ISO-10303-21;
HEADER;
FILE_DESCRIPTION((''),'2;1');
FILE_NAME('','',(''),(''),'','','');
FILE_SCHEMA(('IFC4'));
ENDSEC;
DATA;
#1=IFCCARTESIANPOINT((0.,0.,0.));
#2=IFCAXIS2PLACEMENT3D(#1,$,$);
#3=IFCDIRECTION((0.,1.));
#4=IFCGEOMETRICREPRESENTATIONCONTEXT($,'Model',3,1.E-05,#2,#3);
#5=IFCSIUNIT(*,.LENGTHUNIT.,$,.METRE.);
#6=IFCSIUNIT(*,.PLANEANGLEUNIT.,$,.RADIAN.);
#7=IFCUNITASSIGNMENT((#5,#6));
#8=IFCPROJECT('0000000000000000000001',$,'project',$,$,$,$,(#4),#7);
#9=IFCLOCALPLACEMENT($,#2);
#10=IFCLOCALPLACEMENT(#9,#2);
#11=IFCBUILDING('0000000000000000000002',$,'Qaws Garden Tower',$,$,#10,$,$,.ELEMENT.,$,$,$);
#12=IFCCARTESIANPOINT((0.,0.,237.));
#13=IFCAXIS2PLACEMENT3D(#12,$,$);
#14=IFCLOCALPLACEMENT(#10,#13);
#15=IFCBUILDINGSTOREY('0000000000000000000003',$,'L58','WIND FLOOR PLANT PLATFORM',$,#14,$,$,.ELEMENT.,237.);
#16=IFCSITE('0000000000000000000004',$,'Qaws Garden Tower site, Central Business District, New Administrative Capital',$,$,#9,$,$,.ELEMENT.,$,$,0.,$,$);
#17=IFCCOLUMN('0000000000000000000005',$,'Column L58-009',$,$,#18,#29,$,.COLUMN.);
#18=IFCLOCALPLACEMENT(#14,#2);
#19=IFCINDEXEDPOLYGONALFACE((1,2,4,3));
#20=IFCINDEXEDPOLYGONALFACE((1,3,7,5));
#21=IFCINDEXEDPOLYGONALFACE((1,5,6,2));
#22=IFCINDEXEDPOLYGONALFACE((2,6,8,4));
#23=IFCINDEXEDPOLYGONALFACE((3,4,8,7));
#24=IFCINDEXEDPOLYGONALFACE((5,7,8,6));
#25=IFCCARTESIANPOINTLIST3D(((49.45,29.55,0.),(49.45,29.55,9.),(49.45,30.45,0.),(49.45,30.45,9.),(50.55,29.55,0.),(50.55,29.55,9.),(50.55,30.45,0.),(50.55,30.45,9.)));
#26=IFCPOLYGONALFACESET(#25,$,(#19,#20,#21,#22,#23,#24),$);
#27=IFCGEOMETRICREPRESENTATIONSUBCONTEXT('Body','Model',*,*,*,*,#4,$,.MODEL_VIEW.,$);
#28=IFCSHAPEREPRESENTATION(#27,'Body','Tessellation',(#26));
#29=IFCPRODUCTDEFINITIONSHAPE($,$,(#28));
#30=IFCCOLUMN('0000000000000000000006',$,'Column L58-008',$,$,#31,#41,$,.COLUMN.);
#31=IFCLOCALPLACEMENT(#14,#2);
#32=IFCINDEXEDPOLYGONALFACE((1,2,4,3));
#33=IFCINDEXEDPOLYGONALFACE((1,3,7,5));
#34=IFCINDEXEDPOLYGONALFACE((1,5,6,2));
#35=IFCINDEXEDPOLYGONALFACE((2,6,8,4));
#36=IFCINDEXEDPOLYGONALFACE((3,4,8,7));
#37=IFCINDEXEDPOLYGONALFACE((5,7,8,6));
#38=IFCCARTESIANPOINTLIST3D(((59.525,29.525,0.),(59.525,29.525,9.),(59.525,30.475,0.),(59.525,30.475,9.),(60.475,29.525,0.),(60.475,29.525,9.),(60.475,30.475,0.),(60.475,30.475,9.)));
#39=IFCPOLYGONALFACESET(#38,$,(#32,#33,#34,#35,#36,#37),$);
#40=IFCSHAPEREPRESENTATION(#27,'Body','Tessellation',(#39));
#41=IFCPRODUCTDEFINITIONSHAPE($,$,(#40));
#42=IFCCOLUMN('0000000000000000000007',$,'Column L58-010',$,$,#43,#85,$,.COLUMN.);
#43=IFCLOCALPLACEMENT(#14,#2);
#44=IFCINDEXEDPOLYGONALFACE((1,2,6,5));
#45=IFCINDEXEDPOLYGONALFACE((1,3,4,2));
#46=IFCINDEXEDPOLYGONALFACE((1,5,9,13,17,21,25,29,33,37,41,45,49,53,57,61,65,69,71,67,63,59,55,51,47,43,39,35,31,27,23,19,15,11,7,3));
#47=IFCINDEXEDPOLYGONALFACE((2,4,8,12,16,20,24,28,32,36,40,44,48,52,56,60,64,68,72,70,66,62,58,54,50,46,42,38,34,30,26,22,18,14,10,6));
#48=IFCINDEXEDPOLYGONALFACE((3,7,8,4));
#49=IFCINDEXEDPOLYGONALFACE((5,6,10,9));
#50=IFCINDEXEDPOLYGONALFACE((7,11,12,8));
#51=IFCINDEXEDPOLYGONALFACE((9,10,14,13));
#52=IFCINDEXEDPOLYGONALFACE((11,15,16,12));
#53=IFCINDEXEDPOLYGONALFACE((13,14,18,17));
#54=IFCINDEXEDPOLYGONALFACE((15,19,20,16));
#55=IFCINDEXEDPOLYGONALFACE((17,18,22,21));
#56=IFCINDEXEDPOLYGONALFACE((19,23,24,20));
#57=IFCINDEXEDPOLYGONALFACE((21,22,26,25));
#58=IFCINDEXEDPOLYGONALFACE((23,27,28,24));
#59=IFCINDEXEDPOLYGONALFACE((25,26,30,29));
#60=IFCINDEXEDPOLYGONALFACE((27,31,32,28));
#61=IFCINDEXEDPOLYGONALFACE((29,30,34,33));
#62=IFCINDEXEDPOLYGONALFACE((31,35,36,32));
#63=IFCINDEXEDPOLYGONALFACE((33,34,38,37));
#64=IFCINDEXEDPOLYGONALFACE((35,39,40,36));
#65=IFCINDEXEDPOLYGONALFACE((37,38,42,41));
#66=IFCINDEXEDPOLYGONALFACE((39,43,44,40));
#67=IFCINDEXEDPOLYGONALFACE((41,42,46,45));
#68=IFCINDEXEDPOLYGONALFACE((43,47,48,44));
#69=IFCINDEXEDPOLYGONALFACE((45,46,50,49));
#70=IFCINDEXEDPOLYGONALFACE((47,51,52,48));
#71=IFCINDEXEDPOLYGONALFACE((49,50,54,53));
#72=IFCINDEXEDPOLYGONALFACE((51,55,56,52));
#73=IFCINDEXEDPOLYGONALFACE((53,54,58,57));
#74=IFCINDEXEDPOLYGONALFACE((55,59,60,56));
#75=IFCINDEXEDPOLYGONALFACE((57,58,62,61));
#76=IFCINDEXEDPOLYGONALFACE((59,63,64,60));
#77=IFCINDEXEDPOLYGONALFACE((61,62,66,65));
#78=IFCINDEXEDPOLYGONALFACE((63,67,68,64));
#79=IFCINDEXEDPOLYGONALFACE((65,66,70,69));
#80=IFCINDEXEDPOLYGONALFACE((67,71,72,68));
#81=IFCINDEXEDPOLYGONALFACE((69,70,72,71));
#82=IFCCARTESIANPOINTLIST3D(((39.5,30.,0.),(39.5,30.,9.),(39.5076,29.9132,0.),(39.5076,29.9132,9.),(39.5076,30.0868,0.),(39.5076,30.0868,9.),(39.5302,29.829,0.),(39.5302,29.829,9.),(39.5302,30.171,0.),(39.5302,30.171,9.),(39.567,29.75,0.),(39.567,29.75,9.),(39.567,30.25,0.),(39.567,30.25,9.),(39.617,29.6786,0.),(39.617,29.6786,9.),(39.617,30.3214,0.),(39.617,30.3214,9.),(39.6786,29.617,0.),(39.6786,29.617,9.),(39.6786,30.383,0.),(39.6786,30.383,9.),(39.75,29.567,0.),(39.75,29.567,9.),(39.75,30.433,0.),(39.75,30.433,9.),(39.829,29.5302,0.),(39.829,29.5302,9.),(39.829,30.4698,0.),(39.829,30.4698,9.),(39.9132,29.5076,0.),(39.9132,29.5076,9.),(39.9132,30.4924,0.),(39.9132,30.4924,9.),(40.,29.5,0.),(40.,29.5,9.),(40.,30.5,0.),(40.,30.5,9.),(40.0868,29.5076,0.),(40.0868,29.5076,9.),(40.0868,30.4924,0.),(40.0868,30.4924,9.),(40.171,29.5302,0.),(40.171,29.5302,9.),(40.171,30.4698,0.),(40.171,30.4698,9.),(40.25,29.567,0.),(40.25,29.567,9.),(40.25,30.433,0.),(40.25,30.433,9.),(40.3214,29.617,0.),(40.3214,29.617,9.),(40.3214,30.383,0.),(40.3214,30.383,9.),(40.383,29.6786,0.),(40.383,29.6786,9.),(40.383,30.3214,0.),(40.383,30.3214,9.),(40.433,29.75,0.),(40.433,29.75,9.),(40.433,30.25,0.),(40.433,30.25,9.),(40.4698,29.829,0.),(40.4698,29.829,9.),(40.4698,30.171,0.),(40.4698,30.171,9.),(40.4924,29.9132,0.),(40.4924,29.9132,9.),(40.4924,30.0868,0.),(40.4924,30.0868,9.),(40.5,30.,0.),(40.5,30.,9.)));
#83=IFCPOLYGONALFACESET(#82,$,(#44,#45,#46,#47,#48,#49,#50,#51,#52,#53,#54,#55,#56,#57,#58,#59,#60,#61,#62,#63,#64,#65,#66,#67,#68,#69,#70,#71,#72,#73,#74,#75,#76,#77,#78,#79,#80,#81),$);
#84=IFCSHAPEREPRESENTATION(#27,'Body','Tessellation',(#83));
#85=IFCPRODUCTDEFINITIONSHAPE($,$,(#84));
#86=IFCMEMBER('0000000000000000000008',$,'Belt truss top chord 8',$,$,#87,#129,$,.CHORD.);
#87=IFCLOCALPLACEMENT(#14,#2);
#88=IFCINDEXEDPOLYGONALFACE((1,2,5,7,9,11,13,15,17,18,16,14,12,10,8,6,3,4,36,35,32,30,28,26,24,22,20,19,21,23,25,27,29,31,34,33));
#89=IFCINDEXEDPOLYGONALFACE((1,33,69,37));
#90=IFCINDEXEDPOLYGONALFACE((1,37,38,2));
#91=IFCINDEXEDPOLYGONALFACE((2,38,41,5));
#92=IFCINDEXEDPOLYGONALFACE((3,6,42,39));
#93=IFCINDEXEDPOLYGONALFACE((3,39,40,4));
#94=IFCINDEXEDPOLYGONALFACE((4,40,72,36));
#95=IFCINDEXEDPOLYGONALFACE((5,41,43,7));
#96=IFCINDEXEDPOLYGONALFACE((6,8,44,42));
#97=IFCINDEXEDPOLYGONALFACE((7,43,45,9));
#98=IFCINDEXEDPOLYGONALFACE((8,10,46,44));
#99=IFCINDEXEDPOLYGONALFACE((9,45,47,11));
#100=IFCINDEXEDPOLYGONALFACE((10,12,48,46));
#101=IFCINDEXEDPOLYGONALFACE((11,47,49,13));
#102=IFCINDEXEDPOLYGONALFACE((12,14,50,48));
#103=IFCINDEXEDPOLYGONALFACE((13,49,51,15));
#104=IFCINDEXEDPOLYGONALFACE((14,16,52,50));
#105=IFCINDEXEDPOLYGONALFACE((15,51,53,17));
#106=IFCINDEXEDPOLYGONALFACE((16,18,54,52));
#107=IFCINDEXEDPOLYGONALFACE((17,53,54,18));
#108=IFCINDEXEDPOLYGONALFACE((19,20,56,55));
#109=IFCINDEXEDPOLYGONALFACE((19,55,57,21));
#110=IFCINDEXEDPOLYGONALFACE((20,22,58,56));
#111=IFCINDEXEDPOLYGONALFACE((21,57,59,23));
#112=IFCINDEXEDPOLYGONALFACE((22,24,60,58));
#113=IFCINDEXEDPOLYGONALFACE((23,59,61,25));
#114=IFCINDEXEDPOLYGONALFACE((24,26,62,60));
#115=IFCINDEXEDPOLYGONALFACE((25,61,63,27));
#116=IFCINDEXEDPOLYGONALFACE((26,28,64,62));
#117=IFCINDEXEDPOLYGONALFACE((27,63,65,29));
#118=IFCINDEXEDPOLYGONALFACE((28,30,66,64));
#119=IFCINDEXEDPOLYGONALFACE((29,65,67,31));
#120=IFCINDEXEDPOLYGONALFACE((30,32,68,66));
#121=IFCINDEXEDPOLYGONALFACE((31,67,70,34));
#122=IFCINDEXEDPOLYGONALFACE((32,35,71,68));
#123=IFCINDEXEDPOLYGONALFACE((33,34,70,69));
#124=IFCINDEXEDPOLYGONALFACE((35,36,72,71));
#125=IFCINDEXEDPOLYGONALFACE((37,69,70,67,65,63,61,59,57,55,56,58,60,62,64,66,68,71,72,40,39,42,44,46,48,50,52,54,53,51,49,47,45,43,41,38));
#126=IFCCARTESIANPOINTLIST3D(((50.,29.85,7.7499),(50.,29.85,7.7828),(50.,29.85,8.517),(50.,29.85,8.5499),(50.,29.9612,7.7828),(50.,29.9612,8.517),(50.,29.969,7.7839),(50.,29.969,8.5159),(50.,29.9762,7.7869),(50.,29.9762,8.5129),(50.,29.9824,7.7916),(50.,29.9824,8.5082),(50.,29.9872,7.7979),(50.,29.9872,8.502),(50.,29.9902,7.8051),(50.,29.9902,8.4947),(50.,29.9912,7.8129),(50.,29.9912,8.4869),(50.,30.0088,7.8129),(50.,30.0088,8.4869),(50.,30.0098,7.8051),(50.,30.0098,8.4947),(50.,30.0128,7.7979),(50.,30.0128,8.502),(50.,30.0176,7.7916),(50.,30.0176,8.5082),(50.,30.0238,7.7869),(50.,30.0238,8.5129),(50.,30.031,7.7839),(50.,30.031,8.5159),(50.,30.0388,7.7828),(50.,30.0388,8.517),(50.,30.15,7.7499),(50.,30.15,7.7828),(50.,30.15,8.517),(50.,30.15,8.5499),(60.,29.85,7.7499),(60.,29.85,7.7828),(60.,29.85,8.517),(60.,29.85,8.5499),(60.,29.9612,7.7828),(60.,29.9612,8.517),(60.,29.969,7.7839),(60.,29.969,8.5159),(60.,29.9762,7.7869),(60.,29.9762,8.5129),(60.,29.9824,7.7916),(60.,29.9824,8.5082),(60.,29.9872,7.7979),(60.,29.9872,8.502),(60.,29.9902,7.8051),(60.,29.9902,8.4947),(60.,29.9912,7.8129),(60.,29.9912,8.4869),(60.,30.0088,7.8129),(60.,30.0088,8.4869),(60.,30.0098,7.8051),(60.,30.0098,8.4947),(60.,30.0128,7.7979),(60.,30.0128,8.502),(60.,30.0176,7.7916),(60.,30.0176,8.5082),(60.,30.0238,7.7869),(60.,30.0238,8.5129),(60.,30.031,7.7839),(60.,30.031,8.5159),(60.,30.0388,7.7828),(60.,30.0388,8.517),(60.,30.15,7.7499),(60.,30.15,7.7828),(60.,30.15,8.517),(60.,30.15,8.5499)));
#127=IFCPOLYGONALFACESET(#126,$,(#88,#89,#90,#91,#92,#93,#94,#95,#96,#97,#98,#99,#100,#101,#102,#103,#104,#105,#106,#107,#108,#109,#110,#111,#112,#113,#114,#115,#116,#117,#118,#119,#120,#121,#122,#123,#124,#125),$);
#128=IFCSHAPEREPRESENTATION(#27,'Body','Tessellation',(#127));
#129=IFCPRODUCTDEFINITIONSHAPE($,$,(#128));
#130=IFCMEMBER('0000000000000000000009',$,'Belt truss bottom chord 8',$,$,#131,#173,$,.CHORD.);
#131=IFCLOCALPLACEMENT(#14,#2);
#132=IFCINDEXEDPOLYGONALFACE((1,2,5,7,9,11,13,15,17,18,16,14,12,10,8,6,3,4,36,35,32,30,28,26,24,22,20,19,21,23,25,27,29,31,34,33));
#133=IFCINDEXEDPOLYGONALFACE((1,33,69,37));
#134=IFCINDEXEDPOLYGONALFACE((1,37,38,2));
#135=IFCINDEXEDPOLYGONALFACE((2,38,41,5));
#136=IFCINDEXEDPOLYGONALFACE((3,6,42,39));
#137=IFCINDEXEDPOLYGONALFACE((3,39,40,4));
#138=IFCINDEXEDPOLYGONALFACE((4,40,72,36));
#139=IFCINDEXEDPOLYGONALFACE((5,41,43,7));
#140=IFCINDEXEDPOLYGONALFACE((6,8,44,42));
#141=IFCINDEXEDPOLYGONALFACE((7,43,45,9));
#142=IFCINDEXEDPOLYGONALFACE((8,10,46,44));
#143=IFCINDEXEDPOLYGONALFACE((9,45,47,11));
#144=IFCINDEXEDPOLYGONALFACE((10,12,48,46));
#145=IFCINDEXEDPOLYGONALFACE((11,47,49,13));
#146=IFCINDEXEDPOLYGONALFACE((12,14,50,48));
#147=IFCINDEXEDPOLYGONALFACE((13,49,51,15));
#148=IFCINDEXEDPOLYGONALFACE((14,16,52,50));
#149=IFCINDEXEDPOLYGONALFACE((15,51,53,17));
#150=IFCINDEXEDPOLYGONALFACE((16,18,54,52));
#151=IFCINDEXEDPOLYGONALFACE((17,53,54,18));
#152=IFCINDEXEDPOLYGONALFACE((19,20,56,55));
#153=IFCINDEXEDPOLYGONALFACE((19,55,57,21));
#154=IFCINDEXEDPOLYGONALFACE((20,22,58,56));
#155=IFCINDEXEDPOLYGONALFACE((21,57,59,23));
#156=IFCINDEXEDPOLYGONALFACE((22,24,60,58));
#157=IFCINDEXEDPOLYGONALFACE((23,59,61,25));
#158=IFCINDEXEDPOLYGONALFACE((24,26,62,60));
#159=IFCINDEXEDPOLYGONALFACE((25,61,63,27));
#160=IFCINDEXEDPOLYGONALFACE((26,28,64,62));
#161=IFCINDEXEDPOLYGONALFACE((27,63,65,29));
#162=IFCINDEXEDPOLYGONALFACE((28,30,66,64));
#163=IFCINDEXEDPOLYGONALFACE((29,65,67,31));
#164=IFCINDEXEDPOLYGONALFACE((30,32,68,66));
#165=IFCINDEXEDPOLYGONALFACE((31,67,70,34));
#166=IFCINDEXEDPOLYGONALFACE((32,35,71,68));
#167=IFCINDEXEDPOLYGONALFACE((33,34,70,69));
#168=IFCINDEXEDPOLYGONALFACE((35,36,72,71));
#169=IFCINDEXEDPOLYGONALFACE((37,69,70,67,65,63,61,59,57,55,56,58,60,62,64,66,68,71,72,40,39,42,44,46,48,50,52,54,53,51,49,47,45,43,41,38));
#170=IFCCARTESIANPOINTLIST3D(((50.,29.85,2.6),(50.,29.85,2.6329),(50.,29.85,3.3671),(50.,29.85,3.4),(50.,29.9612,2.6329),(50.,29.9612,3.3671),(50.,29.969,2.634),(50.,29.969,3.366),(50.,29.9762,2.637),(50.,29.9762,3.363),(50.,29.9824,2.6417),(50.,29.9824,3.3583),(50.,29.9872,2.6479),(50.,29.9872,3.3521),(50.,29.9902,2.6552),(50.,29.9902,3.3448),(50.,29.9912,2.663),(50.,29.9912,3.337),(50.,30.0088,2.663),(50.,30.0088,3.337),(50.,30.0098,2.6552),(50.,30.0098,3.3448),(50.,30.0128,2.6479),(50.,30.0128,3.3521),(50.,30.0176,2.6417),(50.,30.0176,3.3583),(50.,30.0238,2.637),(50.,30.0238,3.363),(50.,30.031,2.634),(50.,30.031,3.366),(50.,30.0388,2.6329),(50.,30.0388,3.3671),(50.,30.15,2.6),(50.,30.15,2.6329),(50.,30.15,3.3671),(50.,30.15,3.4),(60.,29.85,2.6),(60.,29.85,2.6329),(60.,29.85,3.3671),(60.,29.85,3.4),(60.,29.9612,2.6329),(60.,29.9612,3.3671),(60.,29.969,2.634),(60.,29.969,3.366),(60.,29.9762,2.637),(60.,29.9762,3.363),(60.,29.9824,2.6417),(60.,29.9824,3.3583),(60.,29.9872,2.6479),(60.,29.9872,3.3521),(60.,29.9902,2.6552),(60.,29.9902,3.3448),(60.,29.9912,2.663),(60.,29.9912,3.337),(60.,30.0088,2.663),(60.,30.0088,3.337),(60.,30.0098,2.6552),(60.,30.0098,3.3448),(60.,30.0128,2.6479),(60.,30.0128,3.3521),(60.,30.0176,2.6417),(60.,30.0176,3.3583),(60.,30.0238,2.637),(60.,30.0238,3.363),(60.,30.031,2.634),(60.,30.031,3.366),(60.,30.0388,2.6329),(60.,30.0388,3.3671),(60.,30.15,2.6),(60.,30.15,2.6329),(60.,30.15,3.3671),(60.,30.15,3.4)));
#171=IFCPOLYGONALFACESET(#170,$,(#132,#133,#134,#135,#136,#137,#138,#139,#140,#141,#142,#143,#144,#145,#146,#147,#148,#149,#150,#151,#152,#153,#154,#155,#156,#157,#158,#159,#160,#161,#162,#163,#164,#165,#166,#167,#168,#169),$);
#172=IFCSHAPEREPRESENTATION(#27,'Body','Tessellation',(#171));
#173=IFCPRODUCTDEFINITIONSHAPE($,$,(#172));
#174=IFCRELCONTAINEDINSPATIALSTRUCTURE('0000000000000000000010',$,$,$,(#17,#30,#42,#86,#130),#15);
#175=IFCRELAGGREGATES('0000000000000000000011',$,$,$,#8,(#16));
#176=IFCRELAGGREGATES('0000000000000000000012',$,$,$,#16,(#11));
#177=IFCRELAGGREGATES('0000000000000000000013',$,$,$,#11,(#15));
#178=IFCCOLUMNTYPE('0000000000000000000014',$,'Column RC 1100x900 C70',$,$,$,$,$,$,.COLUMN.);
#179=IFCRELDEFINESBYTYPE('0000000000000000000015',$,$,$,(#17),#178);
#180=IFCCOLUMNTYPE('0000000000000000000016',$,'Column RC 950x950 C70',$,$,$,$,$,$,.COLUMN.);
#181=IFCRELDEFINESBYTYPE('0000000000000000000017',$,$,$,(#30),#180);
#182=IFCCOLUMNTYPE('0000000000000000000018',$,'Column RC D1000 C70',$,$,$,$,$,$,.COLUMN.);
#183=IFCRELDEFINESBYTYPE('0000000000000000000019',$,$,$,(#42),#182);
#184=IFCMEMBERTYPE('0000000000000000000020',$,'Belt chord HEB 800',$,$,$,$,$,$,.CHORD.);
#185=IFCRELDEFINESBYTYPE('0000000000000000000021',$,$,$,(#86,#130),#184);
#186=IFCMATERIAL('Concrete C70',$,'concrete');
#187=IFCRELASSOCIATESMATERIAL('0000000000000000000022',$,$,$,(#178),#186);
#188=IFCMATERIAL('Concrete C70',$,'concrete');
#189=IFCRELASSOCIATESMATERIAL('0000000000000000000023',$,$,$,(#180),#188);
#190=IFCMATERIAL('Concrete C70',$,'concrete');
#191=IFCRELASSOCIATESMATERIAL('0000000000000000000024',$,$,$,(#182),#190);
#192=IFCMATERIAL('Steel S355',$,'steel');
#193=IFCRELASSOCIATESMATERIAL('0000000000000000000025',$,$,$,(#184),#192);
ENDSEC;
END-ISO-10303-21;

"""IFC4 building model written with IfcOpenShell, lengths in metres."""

from ifc_helpers import new_model, si_unit, direction, frame, origin, origin_2d, place, context, subcontext, project, spatial, rectangle, circle, i_section, extrude, material, material_profile, profile_set, type_object, element, save


model = new_model("IFC4")

# Units and contexts
model_context = context("Model", 3, precision=1e-05, world=origin(), true_north=direction((0.0, 1.0)))
body_context = subcontext(model_context, "Body", "Model", "MODEL_VIEW")
ifc_project = project(units=[si_unit("LENGTHUNIT", "METRE"), si_unit("PLANEANGLEUNIT", "RADIAN")], contexts=[model_context])

# Site, building, storey
site_placement = place(None, origin())
site = spatial("IfcSite", under=ifc_project, at=site_placement, Name="Qaws Garden Tower site, Central Business District, New Administrative Capital", CompositionType="ELEMENT", RefElevation=0.0)
building_placement = place(site_placement, origin())
building = spatial("IfcBuilding", under=site, at=building_placement, Name="Qaws Garden Tower", CompositionType="ELEMENT")
storey_placement = place(building_placement, frame((0.0, 0.0, 237.0)))
storey = spatial("IfcBuildingStorey", under=building, at=storey_placement, Name="L58", Description="WIND FLOOR PLANT PLATFORM", CompositionType="ELEMENT", Elevation=237.0)

# Columns
ifc_material_1 = material(Name="Concrete C70", Category="concrete")
ifc_material_profile_1 = material_profile(ifc_material_1, rectangle(XDim=1.1001, YDim=0.8999, at=origin_2d()), Name="RC 1100x900")
ifc_profile_set_1 = profile_set([ifc_material_profile_1], Name="Concrete C70")
column_type_1 = type_object("IfcColumnType", Name="Column RC 1100x900 C70", PredefinedType="COLUMN", material=ifc_profile_set_1)
column_1_placement = place(storey_placement, frame((50.0, 30.0, 0.0), z_axis=(0.0, 0.0, 1.0), x_axis=(1.0, 0.0, 0.0)))
element("IfcColumn", 1, at=column_1_placement, inside=storey, type_object=column_type_1, Name="Column L58-009", PredefinedType="COLUMN", context=body_context, shape_type="SweptSolid", body=[
    extrude(rectangle(XDim=1.1001, YDim=0.8999, at=origin_2d()), origin(), (0.0, 0.0, 1.0), 9.0),
])
ifc_material_2 = material(Name="Concrete C70", Category="concrete")
ifc_material_profile_2 = material_profile(ifc_material_2, rectangle(XDim=0.95, YDim=0.95, at=origin_2d()), Name="RC 950x950")
ifc_profile_set_2 = profile_set([ifc_material_profile_2], Name="Concrete C70")
column_type_2 = type_object("IfcColumnType", Name="Column RC 950x950 C70", PredefinedType="COLUMN", material=ifc_profile_set_2)
column_2_placement = place(storey_placement, frame((60.0, 30.0, 0.0), z_axis=(0.0, 0.0, 1.0), x_axis=(1.0, 0.0, 0.0)))
element("IfcColumn", 2, at=column_2_placement, inside=storey, type_object=column_type_2, Name="Column L58-008", PredefinedType="COLUMN", context=body_context, shape_type="SweptSolid", body=[
    extrude(rectangle(XDim=0.95, YDim=0.95, at=origin_2d()), origin(), (0.0, 0.0, 1.0), 9.0),
])
ifc_material_3 = material(Name="Concrete C70", Category="concrete")
ifc_material_profile_3 = material_profile(ifc_material_3, circle(Radius=0.5, at=origin_2d()), Name="RC D1000")
ifc_profile_set_3 = profile_set([ifc_material_profile_3], Name="Concrete C70")
column_type_3 = type_object("IfcColumnType", Name="Column RC D1000 C70", PredefinedType="COLUMN", material=ifc_profile_set_3)
column_3_placement = place(storey_placement, frame((40.0, 30.0, 0.0), z_axis=(0.0, 0.0, 1.0), x_axis=(1.0, 0.0, 0.0)))
element("IfcColumn", 3, at=column_3_placement, inside=storey, type_object=column_type_3, Name="Column L58-010", PredefinedType="COLUMN", context=body_context, shape_type="SweptSolid", body=[
    extrude(circle(Radius=0.5, at=origin_2d()), origin(), (0.0, 0.0, 1.0), 9.0),
])

# Members
ifc_material_4 = material(Name="Steel S355", Category="steel")
ifc_material_profile_4 = material_profile(ifc_material_4, i_section(OverallWidth=0.3, OverallDepth=0.8, WebThickness=0.0176, FlangeThickness=0.033, FilletRadius=0.03, at=origin_2d()), Name="HEB 800")
ifc_profile_set_4 = profile_set([ifc_material_profile_4], Name="Steel S355")
member_type_1 = type_object("IfcMemberType", Name="Belt chord HEB 800", PredefinedType="CHORD", material=ifc_profile_set_4)
for number, where, z_axis, x_axis, name in (
    (4, (60.0, 30.0, 8.1499), (-1.0, 0.0, 0.0), (0.0, -1.0, 0.0), "Belt truss top chord 8"),
    (5, (60.0, 30.0, 3.0), (-1.0, 0.0, 0.0), (0.0, -1.0, 0.0), "Belt truss bottom chord 8"),
):
    element("IfcMember", number, at=place(storey_placement, frame(where, z_axis=z_axis, x_axis=x_axis)), inside=storey, type_object=member_type_1, Name=name, PredefinedType="CHORD", context=body_context, shape_type="SweptSolid", body=[
        extrude(i_section(OverallWidth=0.3, OverallDepth=0.8, WebThickness=0.0176, FlangeThickness=0.033, FilletRadius=0.03, at=origin_2d()), origin(), (0.0, 0.0, 1.0), 10.0),
    ])

save(model, "model.ifc")
